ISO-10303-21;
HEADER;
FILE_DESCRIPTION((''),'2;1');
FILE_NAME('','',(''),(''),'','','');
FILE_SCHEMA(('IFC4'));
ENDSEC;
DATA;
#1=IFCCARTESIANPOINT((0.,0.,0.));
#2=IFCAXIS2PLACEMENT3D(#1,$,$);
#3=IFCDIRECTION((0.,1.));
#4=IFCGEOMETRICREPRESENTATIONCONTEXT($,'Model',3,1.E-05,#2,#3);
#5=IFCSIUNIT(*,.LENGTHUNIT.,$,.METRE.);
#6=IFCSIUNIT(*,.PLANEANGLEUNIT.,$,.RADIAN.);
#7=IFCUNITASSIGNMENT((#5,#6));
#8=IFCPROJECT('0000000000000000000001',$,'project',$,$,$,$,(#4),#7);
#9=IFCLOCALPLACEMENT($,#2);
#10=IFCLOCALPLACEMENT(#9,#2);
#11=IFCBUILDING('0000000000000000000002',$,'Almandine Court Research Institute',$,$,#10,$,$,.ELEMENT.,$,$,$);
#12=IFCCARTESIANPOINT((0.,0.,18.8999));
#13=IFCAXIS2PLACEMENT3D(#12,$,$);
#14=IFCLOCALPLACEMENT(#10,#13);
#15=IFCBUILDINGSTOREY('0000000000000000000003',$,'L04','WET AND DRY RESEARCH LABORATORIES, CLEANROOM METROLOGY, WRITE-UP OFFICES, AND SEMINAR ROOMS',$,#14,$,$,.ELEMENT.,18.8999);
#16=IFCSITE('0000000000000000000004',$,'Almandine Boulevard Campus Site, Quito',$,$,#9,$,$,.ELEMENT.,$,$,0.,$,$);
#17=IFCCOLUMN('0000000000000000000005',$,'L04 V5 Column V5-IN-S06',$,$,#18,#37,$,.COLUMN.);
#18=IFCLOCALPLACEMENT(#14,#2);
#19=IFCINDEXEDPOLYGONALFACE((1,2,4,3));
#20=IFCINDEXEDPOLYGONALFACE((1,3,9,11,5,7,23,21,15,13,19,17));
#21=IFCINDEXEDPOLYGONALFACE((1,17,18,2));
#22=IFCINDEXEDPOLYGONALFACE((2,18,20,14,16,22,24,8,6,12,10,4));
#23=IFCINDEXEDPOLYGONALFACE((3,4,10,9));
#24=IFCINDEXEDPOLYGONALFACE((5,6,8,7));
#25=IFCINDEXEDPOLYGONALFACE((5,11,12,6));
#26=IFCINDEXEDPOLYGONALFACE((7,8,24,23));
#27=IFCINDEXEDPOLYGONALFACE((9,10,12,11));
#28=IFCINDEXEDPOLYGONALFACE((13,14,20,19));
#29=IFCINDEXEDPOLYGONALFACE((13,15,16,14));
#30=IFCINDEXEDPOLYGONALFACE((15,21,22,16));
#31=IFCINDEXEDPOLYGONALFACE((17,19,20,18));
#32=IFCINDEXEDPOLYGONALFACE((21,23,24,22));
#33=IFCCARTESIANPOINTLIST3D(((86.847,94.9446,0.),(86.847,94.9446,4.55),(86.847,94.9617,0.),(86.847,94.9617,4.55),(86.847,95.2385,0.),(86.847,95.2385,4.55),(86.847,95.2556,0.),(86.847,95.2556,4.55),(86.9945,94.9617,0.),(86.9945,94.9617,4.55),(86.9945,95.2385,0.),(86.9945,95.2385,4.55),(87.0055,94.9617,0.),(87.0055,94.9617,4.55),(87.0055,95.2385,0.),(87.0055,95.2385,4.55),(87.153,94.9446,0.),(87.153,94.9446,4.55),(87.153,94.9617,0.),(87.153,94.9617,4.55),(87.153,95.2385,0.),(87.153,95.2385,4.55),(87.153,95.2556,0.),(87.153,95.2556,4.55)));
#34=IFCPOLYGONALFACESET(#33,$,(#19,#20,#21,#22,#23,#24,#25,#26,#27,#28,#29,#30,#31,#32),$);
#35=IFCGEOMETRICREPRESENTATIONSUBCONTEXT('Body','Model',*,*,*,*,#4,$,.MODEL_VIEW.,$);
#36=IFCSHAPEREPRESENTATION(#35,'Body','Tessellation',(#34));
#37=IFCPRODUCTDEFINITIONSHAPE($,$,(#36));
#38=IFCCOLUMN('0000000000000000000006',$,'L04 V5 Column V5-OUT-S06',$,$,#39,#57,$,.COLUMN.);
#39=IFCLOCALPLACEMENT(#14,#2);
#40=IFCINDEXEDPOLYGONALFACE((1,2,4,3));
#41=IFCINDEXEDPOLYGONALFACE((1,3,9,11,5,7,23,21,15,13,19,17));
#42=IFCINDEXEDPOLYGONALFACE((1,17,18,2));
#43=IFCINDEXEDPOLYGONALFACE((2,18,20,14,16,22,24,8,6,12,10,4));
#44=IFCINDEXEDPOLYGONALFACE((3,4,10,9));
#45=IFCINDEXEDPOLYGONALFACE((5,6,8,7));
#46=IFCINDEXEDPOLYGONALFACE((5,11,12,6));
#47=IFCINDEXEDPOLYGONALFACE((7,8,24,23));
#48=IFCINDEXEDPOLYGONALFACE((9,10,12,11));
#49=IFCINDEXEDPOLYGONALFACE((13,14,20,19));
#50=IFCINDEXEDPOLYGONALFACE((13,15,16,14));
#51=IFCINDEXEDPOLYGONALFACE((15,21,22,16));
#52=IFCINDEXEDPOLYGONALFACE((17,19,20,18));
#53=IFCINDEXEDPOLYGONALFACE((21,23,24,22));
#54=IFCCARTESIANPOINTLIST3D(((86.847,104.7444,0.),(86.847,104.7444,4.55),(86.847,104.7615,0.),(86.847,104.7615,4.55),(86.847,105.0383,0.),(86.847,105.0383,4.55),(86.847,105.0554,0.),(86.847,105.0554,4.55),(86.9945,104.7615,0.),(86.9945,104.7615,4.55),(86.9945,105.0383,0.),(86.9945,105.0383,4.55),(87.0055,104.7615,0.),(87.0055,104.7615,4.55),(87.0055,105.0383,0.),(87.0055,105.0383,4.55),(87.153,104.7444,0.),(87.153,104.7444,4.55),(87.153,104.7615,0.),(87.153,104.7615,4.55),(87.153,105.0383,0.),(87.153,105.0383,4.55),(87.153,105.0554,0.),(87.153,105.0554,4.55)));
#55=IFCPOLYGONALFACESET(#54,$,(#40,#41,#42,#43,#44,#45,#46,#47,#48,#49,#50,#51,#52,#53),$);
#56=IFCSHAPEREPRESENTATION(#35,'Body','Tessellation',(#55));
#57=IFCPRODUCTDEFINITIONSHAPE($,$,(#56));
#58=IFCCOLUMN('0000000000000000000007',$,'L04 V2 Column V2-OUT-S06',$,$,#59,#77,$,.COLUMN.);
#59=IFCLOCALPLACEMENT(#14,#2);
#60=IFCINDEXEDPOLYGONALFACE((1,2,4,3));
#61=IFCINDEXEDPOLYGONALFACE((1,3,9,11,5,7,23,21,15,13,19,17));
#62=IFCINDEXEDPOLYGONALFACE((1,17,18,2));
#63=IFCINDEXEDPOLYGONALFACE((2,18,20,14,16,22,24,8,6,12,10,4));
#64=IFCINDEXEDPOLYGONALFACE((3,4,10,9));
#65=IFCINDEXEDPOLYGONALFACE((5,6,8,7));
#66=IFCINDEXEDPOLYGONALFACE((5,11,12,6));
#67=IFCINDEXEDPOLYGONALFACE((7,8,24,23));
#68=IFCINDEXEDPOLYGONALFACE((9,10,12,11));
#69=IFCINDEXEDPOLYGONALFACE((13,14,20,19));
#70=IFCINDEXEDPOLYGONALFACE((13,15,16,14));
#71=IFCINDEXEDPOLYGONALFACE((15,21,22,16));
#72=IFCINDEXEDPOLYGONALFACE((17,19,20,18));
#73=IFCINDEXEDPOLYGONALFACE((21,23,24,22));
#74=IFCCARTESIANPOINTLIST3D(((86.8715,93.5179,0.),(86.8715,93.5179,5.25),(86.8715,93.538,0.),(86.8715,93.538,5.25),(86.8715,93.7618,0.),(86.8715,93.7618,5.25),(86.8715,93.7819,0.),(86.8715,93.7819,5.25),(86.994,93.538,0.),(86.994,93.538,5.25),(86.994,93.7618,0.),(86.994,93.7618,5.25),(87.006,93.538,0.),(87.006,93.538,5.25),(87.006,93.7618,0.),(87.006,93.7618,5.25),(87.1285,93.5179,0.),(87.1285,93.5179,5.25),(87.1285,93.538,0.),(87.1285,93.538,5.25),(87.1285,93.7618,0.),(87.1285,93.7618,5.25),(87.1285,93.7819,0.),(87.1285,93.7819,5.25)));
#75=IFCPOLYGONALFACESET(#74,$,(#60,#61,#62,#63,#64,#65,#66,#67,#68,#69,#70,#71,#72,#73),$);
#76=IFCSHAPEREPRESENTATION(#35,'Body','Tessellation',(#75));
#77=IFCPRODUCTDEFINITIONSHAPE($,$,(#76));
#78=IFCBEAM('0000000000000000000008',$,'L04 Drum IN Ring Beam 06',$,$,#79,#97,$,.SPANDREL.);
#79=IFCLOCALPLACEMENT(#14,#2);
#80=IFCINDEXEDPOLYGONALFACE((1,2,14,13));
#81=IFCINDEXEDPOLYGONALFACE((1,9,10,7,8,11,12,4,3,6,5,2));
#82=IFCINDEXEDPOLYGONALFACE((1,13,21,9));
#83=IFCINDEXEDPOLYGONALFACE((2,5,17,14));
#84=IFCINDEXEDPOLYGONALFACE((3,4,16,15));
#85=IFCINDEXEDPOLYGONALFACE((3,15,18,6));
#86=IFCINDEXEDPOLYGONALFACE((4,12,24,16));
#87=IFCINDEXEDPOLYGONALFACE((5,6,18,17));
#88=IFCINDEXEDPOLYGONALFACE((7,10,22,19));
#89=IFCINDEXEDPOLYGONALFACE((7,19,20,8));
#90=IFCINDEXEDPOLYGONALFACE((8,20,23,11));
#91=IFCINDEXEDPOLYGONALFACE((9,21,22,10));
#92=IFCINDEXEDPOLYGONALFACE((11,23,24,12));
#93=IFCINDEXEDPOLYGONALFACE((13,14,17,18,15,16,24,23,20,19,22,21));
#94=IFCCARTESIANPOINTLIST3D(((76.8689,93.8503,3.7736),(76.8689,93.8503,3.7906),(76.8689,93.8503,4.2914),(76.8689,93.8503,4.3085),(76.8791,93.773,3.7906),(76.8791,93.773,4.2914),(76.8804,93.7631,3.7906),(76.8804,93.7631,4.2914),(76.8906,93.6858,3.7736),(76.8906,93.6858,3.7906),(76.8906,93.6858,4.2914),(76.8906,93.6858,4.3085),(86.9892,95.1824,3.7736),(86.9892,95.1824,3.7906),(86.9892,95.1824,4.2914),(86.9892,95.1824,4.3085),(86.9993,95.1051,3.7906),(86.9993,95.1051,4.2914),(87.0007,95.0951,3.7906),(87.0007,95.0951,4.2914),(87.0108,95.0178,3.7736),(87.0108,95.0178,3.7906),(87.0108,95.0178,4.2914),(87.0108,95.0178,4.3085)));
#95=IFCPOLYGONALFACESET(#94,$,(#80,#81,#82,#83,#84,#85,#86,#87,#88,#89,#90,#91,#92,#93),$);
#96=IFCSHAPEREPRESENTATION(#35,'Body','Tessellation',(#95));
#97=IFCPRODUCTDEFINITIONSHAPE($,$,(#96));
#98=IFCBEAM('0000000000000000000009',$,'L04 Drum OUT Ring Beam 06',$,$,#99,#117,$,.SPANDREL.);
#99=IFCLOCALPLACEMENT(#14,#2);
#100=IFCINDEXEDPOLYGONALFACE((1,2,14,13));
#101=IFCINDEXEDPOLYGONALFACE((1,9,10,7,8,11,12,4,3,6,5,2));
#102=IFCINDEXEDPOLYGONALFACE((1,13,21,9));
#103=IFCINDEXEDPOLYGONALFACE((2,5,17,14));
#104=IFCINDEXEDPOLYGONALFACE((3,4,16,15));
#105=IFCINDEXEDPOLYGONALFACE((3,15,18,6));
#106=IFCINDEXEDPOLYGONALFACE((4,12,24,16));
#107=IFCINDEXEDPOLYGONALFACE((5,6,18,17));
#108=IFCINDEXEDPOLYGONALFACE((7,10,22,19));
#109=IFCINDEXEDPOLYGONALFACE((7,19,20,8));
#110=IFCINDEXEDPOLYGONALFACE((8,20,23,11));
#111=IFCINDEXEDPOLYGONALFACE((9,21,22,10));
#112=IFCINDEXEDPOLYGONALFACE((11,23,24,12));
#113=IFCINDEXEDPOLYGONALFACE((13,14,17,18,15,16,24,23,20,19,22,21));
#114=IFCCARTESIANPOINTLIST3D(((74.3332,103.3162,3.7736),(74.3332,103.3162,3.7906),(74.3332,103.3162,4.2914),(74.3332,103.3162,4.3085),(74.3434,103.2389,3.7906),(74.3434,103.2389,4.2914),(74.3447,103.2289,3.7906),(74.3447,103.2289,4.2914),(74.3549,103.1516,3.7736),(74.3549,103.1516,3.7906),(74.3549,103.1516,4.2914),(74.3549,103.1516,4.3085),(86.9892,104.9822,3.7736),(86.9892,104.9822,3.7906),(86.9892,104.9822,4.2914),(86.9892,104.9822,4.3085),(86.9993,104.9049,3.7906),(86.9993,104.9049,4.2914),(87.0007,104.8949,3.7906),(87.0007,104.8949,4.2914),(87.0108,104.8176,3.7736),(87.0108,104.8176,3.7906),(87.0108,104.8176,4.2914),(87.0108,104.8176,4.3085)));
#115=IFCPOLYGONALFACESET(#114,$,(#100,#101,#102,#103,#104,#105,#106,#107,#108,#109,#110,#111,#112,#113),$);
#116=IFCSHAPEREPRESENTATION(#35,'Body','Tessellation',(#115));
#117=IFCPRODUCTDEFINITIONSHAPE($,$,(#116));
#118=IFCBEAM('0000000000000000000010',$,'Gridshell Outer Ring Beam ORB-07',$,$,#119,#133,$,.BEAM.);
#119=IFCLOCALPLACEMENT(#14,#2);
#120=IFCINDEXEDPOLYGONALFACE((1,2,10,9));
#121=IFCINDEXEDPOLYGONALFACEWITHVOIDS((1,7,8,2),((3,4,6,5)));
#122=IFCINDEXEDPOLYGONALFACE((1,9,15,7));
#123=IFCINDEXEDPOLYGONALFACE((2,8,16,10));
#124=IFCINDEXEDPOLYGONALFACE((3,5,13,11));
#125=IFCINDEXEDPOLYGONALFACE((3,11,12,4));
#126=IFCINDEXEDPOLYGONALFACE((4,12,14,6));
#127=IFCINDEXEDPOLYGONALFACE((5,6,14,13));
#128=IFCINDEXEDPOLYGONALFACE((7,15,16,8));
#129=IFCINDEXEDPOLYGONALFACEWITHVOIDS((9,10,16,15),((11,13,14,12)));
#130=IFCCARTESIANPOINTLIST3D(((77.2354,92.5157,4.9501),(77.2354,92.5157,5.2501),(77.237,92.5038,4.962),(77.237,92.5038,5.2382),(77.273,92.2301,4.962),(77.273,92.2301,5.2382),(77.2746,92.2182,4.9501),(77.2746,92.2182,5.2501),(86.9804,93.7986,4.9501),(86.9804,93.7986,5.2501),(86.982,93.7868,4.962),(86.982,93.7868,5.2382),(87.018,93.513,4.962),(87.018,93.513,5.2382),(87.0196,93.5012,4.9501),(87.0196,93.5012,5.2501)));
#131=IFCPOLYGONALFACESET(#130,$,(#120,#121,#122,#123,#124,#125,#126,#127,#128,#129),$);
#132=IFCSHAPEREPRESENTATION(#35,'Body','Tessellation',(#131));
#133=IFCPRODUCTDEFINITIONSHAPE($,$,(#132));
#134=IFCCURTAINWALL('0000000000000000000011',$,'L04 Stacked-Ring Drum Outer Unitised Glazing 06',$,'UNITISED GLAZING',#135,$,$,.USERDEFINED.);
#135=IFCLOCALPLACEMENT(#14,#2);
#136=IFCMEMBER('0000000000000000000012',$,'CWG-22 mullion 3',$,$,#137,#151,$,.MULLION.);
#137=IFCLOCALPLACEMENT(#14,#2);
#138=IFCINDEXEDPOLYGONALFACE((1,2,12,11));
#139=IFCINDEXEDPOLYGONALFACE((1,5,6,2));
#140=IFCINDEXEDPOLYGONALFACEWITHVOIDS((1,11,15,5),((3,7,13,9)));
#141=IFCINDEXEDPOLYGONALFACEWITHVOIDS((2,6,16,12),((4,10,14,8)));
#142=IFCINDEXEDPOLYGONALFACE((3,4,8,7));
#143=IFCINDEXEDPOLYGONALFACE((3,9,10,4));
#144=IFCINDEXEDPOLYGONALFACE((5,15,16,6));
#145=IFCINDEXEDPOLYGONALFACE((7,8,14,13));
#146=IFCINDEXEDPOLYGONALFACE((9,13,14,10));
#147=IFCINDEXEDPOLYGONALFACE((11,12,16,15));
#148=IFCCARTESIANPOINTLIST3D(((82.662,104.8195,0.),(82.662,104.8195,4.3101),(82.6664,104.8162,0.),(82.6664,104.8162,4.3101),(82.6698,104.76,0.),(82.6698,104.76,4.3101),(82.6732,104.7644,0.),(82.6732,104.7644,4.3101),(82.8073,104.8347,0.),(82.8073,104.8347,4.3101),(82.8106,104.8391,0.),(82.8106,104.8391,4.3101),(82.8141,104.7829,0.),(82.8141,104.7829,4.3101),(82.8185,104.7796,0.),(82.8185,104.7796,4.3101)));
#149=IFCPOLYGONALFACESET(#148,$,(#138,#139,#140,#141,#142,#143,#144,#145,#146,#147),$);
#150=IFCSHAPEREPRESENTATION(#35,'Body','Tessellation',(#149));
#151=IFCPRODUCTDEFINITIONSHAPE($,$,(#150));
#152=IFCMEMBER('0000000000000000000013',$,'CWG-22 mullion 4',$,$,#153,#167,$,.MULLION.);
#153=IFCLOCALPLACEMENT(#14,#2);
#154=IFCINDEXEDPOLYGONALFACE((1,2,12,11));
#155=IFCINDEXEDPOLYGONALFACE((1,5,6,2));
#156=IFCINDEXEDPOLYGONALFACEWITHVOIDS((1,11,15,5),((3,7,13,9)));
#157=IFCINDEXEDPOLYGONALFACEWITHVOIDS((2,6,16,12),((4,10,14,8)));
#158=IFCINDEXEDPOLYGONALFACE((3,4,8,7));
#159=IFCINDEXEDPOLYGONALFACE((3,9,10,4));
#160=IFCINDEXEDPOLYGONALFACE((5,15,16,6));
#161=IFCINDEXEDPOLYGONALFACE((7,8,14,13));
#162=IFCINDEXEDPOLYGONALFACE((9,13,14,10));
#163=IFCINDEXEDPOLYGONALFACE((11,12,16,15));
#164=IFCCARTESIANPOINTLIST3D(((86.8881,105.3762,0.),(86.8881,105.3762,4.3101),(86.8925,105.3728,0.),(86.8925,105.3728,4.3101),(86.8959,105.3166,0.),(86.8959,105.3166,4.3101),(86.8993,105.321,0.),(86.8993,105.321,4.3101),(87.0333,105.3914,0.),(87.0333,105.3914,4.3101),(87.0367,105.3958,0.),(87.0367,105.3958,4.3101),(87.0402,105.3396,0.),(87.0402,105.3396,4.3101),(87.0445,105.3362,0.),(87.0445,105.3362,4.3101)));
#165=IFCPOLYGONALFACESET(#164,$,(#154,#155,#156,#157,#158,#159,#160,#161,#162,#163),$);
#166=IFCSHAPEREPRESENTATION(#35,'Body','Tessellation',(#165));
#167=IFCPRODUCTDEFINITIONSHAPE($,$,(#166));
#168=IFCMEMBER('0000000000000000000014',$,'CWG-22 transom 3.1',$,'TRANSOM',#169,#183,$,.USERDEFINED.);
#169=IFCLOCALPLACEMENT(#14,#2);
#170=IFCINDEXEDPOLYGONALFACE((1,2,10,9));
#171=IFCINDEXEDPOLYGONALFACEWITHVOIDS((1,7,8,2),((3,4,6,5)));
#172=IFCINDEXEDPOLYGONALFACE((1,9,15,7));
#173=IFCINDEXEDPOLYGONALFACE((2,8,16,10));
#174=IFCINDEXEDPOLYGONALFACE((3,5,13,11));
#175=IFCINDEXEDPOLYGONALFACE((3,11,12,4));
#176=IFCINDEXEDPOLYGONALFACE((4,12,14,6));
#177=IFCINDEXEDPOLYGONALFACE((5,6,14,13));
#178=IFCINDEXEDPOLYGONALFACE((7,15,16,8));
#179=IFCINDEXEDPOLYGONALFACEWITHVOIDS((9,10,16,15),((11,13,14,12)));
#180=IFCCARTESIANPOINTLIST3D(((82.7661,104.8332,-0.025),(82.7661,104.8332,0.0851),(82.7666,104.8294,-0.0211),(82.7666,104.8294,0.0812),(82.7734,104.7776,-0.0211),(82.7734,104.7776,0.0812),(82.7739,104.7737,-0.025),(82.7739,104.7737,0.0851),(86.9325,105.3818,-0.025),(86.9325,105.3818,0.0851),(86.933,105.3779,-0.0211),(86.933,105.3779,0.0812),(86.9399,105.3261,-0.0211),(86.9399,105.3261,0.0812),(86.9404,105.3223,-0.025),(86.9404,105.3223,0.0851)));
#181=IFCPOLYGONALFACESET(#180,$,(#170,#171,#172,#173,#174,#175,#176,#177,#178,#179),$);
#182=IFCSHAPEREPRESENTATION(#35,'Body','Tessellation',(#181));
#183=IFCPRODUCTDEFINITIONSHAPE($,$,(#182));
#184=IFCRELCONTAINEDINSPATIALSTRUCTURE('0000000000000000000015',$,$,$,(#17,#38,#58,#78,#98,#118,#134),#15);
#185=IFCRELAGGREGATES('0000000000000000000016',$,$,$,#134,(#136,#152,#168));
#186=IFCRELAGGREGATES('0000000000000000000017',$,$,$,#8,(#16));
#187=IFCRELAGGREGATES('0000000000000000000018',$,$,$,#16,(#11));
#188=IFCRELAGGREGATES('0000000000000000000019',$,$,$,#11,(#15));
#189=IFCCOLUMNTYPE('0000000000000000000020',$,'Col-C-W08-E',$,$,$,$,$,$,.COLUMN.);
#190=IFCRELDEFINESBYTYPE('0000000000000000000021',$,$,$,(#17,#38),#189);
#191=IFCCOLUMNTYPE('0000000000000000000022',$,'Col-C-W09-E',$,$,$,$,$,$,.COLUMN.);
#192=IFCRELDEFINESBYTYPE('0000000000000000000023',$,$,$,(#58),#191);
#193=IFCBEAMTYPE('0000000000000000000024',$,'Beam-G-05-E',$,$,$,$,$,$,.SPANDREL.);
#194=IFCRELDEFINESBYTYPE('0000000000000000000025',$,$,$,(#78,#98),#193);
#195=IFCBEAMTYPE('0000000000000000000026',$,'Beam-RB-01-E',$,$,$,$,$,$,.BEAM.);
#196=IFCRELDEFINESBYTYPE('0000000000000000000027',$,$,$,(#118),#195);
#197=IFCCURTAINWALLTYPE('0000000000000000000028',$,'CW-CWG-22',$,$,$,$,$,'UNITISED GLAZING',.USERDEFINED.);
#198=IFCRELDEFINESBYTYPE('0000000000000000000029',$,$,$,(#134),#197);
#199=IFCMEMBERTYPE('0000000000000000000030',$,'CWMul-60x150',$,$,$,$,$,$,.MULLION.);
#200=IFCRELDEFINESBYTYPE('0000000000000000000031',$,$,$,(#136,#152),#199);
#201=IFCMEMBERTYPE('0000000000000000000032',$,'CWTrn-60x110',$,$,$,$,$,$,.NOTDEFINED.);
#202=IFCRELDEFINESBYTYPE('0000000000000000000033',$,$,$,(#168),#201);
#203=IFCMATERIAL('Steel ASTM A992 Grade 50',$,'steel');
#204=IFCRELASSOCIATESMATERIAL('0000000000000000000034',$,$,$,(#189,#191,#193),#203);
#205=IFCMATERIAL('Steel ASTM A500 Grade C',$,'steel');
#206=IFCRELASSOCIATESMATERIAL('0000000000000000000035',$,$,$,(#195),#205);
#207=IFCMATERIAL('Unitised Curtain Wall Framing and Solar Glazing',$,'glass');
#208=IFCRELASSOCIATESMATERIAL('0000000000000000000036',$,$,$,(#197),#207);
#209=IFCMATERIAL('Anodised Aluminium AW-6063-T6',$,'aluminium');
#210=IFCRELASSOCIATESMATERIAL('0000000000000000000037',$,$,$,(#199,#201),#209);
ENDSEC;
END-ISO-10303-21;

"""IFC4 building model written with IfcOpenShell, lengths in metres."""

from ifc_helpers import new_model, si_unit, direction, frame, origin, origin_2d, place, context, subcontext, project, spatial, hollow_rectangle, i_section, extrude, material, material_profile, profile_set, type_object, element, aggregate, save


model = new_model("IFC4")

# Units and contexts
model_context = context("Model", 3, precision=1e-05, world=origin(), true_north=direction((0.0, 1.0)))
body_context = subcontext(model_context, "Body", "Model", "MODEL_VIEW")
ifc_project = project(units=[si_unit("LENGTHUNIT", "METRE"), si_unit("PLANEANGLEUNIT", "RADIAN")], contexts=[model_context])

# Site, building, storey
site_placement = place(None, origin())
site = spatial("IfcSite", under=ifc_project, at=site_placement, Name="Almandine Boulevard Campus Site, Quito", CompositionType="ELEMENT", RefElevation=0.0)
building_placement = place(site_placement, origin())
building = spatial("IfcBuilding", under=site, at=building_placement, Name="Almandine Court Research Institute", CompositionType="ELEMENT")
storey_placement = place(building_placement, frame((0.0, 0.0, 18.8999)))
storey = spatial("IfcBuildingStorey", under=building, at=storey_placement, Name="L04", Description="WET AND DRY RESEARCH LABORATORIES, CLEANROOM METROLOGY, WRITE-UP OFFICES, AND SEMINAR ROOMS", CompositionType="ELEMENT", Elevation=18.8999)

# Columns
ifc_material_1 = material(Name="Steel ASTM A992 Grade 50", Category="steel")
ifc_material_profile_1 = material_profile(ifc_material_1, i_section(OverallWidth=0.3059, OverallDepth=0.311, WebThickness=0.011, FlangeThickness=0.0171, at=origin_2d()), Name="W310x107")
ifc_profile_set_1 = profile_set([ifc_material_profile_1], Name="Steel ASTM A992 Grade 50")
column_type_1 = type_object("IfcColumnType", Name="Col-C-W08-E", PredefinedType="COLUMN", material=ifc_profile_set_1)
for number, where, z_axis, x_axis, name in (
    (1, (87.0, 95.1001, 0.0), (0.0, 0.0, 1.0), (1.0, 0.0, 0.0), "L04 V5 Column V5-IN-S06"),
    (2, (87.0, 104.8999, 0.0), (0.0, 0.0, 1.0), (1.0, 0.0, 0.0), "L04 V5 Column V5-OUT-S06"),
):
    element("IfcColumn", number, at=place(storey_placement, frame(where, z_axis=z_axis, x_axis=x_axis)), inside=storey, type_object=column_type_1, Name=name, PredefinedType="COLUMN", context=body_context, shape_type="SweptSolid", body=[
        extrude(i_section(OverallWidth=0.3059, OverallDepth=0.311, WebThickness=0.011, FlangeThickness=0.0171, at=origin_2d()), origin(), (0.0, 0.0, 1.0), 4.55),
    ])
ifc_material_profile_2 = material_profile(ifc_material_1, i_section(OverallWidth=0.2571, OverallDepth=0.2639, WebThickness=0.012, FlangeThickness=0.02, at=origin_2d()), Name="W250x101")
ifc_profile_set_2 = profile_set([ifc_material_profile_2], Name="Steel ASTM A992 Grade 50")
column_type_2 = type_object("IfcColumnType", Name="Col-C-W09-E", PredefinedType="COLUMN", material=ifc_profile_set_2)
column_placement = place(storey_placement, frame((87.0, 93.6499, 0.0), z_axis=(0.0, 0.0, 1.0), x_axis=(1.0, 0.0, 0.0)))
element("IfcColumn", 3, at=column_placement, inside=storey, type_object=column_type_2, Name="L04 V2 Column V2-OUT-S06", PredefinedType="COLUMN", context=body_context, shape_type="SweptSolid", body=[
    extrude(i_section(OverallWidth=0.2571, OverallDepth=0.2639, WebThickness=0.012, FlangeThickness=0.02, at=origin_2d()), origin(), (0.0, 0.0, 1.0), 5.25),
])

# Beams
ifc_material_profile_3 = material_profile(ifc_material_1, i_section(OverallWidth=0.166, OverallDepth=0.5349, WebThickness=0.01, FlangeThickness=0.0171, at=origin_2d()), Name="W530x85")
ifc_profile_set_3 = profile_set([ifc_material_profile_3], Name="Steel ASTM A992 Grade 50")
beam_type_1 = type_object("IfcBeamType", Name="Beam-G-05-E", PredefinedType="SPANDREL", material=ifc_profile_set_3)
beam_1_placement = place(storey_placement, frame((87.0, 95.1001, 4.041), z_axis=(-0.991449, -0.130497, 0.0), x_axis=(0.130497, -0.991449, 0.0)))
element("IfcBeam", 4, at=beam_1_placement, inside=storey, type_object=beam_type_1, Name="L04 Drum IN Ring Beam 06", PredefinedType="SPANDREL", context=body_context, shape_type="SweptSolid", body=[
    extrude(i_section(OverallWidth=0.166, OverallDepth=0.5349, WebThickness=0.01, FlangeThickness=0.0171, at=origin_2d()), origin(), (0.0, 0.0, 1.0), 10.2075),
])
beam_2_placement = place(storey_placement, frame((87.0, 104.8999, 4.041), z_axis=(-0.991447, -0.130512, 0.0), x_axis=(0.130512, -0.991447, 0.0)))
element("IfcBeam", 5, at=beam_2_placement, inside=storey, type_object=beam_type_1, Name="L04 Drum OUT Ring Beam 06", PredefinedType="SPANDREL", context=body_context, shape_type="SweptSolid", body=[
    extrude(i_section(OverallWidth=0.166, OverallDepth=0.5349, WebThickness=0.01, FlangeThickness=0.0171, at=origin_2d()), origin(), (0.0, 0.0, 1.0), 12.7651),
])
ifc_material_2 = material(Name="Steel ASTM A500 Grade C", Category="steel")
ifc_material_profile_4 = material_profile(ifc_material_2, hollow_rectangle(XDim=0.3, YDim=0.3, WallThickness=0.012, at=origin_2d()), Name="HSS 300x300x12")
ifc_profile_set_4 = profile_set([ifc_material_profile_4], Name="Steel ASTM A500 Grade C")
beam_type_2 = type_object("IfcBeamType", Name="Beam-RB-01-E", PredefinedType="BEAM", material=ifc_profile_set_4)
beam_3_placement = place(storey_placement, frame((87.0, 93.6499, 5.1001), z_axis=(-0.991445, -0.130525, 0.0), x_axis=(0.130525, -0.991445, 0.0)))
element("IfcBeam", 6, at=beam_3_placement, inside=storey, type_object=beam_type_2, Name="Gridshell Outer Ring Beam ORB-07", PredefinedType="BEAM", context=body_context, shape_type="SweptSolid", body=[
    extrude(hollow_rectangle(XDim=0.3, YDim=0.3, WallThickness=0.012, at=origin_2d()), origin(), (0.0, 0.0, 1.0), 9.8291),
])

# Curtain wall, members
ifc_material_3 = material(Name="Unitised Curtain Wall Framing and Solar Glazing", Category="glass")
curtain_wall_type = type_object("IfcCurtainWallType", Name="CW-CWG-22", ElementType="UNITISED GLAZING", PredefinedType="USERDEFINED", material=ifc_material_3)
curtain_wall_placement = place(storey_placement, origin())
curtain_wall = element("IfcCurtainWall", 7, at=curtain_wall_placement, inside=storey, type_object=curtain_wall_type, Name="L04 Stacked-Ring Drum Outer Unitised Glazing 06", ObjectType="UNITISED GLAZING", PredefinedType="USERDEFINED")
ifc_material_4 = material(Name="Anodised Aluminium AW-6063-T6", Category="aluminium")
ifc_material_profile_5 = material_profile(ifc_material_4, hollow_rectangle(XDim=0.0601, YDim=0.1499, WallThickness=0.0039, at=origin_2d()), Name="ALU RHS 60x150x4")
ifc_profile_set_5 = profile_set([ifc_material_profile_5], Name="Anodised Aluminium AW-6063-T6")
member_type_1 = type_object("IfcMemberType", Name="CWMul-60x150", PredefinedType="MULLION", material=ifc_profile_set_5)
member_1_placement = place(storey_placement, frame((82.7402, 104.7996, 0.0), z_axis=(0.0, 0.0, 1.0), x_axis=(-0.130541, 0.991443, 0.0)))
member_1 = element("IfcMember", 8, at=member_1_placement, type_object=member_type_1, Name="CWG-22 mullion 3", PredefinedType="MULLION", context=body_context, shape_type="SweptSolid", body=[
    extrude(hollow_rectangle(XDim=0.0601, YDim=0.1499, WallThickness=0.0039, at=origin_2d()), origin(), (0.0, 0.0, 1.0), 4.3101),
])
member_2_placement = place(storey_placement, frame((86.9663, 105.3562, 0.0), z_axis=(0.0, 0.0, 1.0), x_axis=(-0.130541, 0.991443, 0.0)))
member_2 = element("IfcMember", 9, at=member_2_placement, type_object=member_type_1, Name="CWG-22 mullion 4", PredefinedType="MULLION", context=body_context, shape_type="SweptSolid", body=[
    extrude(hollow_rectangle(XDim=0.0601, YDim=0.1499, WallThickness=0.0039, at=origin_2d()), origin(), (0.0, 0.0, 1.0), 4.3101),
])
ifc_material_profile_6 = material_profile(ifc_material_4, hollow_rectangle(XDim=0.0601, YDim=0.1101, WallThickness=0.0039, at=origin_2d()), Name="ALU RHS 60x110x4")
ifc_profile_set_6 = profile_set([ifc_material_profile_6], Name="Anodised Aluminium AW-6063-T6")
member_type_2 = type_object("IfcMemberType", Name="CWTrn-60x110", PredefinedType="NOTDEFINED", material=ifc_profile_set_6)
member_3_placement = place(storey_placement, frame((82.77, 104.8035, 0.03), z_axis=(0.991443, 0.130539, 0.0), x_axis=(-0.130539, 0.991443, 0.0)))
member_3 = element("IfcMember", 10, at=member_3_placement, type_object=member_type_2, Name="CWG-22 transom 3.1", ObjectType="TRANSOM", PredefinedType="USERDEFINED", context=body_context, shape_type="SweptSolid", body=[
    extrude(hollow_rectangle(XDim=0.0601, YDim=0.1101, WallThickness=0.0039, at=origin_2d()), origin(), (0.0, 0.0, 1.0), 4.2024),
])
aggregate(curtain_wall, [member_1, member_2, member_3])

save(model, "model.ifc")
